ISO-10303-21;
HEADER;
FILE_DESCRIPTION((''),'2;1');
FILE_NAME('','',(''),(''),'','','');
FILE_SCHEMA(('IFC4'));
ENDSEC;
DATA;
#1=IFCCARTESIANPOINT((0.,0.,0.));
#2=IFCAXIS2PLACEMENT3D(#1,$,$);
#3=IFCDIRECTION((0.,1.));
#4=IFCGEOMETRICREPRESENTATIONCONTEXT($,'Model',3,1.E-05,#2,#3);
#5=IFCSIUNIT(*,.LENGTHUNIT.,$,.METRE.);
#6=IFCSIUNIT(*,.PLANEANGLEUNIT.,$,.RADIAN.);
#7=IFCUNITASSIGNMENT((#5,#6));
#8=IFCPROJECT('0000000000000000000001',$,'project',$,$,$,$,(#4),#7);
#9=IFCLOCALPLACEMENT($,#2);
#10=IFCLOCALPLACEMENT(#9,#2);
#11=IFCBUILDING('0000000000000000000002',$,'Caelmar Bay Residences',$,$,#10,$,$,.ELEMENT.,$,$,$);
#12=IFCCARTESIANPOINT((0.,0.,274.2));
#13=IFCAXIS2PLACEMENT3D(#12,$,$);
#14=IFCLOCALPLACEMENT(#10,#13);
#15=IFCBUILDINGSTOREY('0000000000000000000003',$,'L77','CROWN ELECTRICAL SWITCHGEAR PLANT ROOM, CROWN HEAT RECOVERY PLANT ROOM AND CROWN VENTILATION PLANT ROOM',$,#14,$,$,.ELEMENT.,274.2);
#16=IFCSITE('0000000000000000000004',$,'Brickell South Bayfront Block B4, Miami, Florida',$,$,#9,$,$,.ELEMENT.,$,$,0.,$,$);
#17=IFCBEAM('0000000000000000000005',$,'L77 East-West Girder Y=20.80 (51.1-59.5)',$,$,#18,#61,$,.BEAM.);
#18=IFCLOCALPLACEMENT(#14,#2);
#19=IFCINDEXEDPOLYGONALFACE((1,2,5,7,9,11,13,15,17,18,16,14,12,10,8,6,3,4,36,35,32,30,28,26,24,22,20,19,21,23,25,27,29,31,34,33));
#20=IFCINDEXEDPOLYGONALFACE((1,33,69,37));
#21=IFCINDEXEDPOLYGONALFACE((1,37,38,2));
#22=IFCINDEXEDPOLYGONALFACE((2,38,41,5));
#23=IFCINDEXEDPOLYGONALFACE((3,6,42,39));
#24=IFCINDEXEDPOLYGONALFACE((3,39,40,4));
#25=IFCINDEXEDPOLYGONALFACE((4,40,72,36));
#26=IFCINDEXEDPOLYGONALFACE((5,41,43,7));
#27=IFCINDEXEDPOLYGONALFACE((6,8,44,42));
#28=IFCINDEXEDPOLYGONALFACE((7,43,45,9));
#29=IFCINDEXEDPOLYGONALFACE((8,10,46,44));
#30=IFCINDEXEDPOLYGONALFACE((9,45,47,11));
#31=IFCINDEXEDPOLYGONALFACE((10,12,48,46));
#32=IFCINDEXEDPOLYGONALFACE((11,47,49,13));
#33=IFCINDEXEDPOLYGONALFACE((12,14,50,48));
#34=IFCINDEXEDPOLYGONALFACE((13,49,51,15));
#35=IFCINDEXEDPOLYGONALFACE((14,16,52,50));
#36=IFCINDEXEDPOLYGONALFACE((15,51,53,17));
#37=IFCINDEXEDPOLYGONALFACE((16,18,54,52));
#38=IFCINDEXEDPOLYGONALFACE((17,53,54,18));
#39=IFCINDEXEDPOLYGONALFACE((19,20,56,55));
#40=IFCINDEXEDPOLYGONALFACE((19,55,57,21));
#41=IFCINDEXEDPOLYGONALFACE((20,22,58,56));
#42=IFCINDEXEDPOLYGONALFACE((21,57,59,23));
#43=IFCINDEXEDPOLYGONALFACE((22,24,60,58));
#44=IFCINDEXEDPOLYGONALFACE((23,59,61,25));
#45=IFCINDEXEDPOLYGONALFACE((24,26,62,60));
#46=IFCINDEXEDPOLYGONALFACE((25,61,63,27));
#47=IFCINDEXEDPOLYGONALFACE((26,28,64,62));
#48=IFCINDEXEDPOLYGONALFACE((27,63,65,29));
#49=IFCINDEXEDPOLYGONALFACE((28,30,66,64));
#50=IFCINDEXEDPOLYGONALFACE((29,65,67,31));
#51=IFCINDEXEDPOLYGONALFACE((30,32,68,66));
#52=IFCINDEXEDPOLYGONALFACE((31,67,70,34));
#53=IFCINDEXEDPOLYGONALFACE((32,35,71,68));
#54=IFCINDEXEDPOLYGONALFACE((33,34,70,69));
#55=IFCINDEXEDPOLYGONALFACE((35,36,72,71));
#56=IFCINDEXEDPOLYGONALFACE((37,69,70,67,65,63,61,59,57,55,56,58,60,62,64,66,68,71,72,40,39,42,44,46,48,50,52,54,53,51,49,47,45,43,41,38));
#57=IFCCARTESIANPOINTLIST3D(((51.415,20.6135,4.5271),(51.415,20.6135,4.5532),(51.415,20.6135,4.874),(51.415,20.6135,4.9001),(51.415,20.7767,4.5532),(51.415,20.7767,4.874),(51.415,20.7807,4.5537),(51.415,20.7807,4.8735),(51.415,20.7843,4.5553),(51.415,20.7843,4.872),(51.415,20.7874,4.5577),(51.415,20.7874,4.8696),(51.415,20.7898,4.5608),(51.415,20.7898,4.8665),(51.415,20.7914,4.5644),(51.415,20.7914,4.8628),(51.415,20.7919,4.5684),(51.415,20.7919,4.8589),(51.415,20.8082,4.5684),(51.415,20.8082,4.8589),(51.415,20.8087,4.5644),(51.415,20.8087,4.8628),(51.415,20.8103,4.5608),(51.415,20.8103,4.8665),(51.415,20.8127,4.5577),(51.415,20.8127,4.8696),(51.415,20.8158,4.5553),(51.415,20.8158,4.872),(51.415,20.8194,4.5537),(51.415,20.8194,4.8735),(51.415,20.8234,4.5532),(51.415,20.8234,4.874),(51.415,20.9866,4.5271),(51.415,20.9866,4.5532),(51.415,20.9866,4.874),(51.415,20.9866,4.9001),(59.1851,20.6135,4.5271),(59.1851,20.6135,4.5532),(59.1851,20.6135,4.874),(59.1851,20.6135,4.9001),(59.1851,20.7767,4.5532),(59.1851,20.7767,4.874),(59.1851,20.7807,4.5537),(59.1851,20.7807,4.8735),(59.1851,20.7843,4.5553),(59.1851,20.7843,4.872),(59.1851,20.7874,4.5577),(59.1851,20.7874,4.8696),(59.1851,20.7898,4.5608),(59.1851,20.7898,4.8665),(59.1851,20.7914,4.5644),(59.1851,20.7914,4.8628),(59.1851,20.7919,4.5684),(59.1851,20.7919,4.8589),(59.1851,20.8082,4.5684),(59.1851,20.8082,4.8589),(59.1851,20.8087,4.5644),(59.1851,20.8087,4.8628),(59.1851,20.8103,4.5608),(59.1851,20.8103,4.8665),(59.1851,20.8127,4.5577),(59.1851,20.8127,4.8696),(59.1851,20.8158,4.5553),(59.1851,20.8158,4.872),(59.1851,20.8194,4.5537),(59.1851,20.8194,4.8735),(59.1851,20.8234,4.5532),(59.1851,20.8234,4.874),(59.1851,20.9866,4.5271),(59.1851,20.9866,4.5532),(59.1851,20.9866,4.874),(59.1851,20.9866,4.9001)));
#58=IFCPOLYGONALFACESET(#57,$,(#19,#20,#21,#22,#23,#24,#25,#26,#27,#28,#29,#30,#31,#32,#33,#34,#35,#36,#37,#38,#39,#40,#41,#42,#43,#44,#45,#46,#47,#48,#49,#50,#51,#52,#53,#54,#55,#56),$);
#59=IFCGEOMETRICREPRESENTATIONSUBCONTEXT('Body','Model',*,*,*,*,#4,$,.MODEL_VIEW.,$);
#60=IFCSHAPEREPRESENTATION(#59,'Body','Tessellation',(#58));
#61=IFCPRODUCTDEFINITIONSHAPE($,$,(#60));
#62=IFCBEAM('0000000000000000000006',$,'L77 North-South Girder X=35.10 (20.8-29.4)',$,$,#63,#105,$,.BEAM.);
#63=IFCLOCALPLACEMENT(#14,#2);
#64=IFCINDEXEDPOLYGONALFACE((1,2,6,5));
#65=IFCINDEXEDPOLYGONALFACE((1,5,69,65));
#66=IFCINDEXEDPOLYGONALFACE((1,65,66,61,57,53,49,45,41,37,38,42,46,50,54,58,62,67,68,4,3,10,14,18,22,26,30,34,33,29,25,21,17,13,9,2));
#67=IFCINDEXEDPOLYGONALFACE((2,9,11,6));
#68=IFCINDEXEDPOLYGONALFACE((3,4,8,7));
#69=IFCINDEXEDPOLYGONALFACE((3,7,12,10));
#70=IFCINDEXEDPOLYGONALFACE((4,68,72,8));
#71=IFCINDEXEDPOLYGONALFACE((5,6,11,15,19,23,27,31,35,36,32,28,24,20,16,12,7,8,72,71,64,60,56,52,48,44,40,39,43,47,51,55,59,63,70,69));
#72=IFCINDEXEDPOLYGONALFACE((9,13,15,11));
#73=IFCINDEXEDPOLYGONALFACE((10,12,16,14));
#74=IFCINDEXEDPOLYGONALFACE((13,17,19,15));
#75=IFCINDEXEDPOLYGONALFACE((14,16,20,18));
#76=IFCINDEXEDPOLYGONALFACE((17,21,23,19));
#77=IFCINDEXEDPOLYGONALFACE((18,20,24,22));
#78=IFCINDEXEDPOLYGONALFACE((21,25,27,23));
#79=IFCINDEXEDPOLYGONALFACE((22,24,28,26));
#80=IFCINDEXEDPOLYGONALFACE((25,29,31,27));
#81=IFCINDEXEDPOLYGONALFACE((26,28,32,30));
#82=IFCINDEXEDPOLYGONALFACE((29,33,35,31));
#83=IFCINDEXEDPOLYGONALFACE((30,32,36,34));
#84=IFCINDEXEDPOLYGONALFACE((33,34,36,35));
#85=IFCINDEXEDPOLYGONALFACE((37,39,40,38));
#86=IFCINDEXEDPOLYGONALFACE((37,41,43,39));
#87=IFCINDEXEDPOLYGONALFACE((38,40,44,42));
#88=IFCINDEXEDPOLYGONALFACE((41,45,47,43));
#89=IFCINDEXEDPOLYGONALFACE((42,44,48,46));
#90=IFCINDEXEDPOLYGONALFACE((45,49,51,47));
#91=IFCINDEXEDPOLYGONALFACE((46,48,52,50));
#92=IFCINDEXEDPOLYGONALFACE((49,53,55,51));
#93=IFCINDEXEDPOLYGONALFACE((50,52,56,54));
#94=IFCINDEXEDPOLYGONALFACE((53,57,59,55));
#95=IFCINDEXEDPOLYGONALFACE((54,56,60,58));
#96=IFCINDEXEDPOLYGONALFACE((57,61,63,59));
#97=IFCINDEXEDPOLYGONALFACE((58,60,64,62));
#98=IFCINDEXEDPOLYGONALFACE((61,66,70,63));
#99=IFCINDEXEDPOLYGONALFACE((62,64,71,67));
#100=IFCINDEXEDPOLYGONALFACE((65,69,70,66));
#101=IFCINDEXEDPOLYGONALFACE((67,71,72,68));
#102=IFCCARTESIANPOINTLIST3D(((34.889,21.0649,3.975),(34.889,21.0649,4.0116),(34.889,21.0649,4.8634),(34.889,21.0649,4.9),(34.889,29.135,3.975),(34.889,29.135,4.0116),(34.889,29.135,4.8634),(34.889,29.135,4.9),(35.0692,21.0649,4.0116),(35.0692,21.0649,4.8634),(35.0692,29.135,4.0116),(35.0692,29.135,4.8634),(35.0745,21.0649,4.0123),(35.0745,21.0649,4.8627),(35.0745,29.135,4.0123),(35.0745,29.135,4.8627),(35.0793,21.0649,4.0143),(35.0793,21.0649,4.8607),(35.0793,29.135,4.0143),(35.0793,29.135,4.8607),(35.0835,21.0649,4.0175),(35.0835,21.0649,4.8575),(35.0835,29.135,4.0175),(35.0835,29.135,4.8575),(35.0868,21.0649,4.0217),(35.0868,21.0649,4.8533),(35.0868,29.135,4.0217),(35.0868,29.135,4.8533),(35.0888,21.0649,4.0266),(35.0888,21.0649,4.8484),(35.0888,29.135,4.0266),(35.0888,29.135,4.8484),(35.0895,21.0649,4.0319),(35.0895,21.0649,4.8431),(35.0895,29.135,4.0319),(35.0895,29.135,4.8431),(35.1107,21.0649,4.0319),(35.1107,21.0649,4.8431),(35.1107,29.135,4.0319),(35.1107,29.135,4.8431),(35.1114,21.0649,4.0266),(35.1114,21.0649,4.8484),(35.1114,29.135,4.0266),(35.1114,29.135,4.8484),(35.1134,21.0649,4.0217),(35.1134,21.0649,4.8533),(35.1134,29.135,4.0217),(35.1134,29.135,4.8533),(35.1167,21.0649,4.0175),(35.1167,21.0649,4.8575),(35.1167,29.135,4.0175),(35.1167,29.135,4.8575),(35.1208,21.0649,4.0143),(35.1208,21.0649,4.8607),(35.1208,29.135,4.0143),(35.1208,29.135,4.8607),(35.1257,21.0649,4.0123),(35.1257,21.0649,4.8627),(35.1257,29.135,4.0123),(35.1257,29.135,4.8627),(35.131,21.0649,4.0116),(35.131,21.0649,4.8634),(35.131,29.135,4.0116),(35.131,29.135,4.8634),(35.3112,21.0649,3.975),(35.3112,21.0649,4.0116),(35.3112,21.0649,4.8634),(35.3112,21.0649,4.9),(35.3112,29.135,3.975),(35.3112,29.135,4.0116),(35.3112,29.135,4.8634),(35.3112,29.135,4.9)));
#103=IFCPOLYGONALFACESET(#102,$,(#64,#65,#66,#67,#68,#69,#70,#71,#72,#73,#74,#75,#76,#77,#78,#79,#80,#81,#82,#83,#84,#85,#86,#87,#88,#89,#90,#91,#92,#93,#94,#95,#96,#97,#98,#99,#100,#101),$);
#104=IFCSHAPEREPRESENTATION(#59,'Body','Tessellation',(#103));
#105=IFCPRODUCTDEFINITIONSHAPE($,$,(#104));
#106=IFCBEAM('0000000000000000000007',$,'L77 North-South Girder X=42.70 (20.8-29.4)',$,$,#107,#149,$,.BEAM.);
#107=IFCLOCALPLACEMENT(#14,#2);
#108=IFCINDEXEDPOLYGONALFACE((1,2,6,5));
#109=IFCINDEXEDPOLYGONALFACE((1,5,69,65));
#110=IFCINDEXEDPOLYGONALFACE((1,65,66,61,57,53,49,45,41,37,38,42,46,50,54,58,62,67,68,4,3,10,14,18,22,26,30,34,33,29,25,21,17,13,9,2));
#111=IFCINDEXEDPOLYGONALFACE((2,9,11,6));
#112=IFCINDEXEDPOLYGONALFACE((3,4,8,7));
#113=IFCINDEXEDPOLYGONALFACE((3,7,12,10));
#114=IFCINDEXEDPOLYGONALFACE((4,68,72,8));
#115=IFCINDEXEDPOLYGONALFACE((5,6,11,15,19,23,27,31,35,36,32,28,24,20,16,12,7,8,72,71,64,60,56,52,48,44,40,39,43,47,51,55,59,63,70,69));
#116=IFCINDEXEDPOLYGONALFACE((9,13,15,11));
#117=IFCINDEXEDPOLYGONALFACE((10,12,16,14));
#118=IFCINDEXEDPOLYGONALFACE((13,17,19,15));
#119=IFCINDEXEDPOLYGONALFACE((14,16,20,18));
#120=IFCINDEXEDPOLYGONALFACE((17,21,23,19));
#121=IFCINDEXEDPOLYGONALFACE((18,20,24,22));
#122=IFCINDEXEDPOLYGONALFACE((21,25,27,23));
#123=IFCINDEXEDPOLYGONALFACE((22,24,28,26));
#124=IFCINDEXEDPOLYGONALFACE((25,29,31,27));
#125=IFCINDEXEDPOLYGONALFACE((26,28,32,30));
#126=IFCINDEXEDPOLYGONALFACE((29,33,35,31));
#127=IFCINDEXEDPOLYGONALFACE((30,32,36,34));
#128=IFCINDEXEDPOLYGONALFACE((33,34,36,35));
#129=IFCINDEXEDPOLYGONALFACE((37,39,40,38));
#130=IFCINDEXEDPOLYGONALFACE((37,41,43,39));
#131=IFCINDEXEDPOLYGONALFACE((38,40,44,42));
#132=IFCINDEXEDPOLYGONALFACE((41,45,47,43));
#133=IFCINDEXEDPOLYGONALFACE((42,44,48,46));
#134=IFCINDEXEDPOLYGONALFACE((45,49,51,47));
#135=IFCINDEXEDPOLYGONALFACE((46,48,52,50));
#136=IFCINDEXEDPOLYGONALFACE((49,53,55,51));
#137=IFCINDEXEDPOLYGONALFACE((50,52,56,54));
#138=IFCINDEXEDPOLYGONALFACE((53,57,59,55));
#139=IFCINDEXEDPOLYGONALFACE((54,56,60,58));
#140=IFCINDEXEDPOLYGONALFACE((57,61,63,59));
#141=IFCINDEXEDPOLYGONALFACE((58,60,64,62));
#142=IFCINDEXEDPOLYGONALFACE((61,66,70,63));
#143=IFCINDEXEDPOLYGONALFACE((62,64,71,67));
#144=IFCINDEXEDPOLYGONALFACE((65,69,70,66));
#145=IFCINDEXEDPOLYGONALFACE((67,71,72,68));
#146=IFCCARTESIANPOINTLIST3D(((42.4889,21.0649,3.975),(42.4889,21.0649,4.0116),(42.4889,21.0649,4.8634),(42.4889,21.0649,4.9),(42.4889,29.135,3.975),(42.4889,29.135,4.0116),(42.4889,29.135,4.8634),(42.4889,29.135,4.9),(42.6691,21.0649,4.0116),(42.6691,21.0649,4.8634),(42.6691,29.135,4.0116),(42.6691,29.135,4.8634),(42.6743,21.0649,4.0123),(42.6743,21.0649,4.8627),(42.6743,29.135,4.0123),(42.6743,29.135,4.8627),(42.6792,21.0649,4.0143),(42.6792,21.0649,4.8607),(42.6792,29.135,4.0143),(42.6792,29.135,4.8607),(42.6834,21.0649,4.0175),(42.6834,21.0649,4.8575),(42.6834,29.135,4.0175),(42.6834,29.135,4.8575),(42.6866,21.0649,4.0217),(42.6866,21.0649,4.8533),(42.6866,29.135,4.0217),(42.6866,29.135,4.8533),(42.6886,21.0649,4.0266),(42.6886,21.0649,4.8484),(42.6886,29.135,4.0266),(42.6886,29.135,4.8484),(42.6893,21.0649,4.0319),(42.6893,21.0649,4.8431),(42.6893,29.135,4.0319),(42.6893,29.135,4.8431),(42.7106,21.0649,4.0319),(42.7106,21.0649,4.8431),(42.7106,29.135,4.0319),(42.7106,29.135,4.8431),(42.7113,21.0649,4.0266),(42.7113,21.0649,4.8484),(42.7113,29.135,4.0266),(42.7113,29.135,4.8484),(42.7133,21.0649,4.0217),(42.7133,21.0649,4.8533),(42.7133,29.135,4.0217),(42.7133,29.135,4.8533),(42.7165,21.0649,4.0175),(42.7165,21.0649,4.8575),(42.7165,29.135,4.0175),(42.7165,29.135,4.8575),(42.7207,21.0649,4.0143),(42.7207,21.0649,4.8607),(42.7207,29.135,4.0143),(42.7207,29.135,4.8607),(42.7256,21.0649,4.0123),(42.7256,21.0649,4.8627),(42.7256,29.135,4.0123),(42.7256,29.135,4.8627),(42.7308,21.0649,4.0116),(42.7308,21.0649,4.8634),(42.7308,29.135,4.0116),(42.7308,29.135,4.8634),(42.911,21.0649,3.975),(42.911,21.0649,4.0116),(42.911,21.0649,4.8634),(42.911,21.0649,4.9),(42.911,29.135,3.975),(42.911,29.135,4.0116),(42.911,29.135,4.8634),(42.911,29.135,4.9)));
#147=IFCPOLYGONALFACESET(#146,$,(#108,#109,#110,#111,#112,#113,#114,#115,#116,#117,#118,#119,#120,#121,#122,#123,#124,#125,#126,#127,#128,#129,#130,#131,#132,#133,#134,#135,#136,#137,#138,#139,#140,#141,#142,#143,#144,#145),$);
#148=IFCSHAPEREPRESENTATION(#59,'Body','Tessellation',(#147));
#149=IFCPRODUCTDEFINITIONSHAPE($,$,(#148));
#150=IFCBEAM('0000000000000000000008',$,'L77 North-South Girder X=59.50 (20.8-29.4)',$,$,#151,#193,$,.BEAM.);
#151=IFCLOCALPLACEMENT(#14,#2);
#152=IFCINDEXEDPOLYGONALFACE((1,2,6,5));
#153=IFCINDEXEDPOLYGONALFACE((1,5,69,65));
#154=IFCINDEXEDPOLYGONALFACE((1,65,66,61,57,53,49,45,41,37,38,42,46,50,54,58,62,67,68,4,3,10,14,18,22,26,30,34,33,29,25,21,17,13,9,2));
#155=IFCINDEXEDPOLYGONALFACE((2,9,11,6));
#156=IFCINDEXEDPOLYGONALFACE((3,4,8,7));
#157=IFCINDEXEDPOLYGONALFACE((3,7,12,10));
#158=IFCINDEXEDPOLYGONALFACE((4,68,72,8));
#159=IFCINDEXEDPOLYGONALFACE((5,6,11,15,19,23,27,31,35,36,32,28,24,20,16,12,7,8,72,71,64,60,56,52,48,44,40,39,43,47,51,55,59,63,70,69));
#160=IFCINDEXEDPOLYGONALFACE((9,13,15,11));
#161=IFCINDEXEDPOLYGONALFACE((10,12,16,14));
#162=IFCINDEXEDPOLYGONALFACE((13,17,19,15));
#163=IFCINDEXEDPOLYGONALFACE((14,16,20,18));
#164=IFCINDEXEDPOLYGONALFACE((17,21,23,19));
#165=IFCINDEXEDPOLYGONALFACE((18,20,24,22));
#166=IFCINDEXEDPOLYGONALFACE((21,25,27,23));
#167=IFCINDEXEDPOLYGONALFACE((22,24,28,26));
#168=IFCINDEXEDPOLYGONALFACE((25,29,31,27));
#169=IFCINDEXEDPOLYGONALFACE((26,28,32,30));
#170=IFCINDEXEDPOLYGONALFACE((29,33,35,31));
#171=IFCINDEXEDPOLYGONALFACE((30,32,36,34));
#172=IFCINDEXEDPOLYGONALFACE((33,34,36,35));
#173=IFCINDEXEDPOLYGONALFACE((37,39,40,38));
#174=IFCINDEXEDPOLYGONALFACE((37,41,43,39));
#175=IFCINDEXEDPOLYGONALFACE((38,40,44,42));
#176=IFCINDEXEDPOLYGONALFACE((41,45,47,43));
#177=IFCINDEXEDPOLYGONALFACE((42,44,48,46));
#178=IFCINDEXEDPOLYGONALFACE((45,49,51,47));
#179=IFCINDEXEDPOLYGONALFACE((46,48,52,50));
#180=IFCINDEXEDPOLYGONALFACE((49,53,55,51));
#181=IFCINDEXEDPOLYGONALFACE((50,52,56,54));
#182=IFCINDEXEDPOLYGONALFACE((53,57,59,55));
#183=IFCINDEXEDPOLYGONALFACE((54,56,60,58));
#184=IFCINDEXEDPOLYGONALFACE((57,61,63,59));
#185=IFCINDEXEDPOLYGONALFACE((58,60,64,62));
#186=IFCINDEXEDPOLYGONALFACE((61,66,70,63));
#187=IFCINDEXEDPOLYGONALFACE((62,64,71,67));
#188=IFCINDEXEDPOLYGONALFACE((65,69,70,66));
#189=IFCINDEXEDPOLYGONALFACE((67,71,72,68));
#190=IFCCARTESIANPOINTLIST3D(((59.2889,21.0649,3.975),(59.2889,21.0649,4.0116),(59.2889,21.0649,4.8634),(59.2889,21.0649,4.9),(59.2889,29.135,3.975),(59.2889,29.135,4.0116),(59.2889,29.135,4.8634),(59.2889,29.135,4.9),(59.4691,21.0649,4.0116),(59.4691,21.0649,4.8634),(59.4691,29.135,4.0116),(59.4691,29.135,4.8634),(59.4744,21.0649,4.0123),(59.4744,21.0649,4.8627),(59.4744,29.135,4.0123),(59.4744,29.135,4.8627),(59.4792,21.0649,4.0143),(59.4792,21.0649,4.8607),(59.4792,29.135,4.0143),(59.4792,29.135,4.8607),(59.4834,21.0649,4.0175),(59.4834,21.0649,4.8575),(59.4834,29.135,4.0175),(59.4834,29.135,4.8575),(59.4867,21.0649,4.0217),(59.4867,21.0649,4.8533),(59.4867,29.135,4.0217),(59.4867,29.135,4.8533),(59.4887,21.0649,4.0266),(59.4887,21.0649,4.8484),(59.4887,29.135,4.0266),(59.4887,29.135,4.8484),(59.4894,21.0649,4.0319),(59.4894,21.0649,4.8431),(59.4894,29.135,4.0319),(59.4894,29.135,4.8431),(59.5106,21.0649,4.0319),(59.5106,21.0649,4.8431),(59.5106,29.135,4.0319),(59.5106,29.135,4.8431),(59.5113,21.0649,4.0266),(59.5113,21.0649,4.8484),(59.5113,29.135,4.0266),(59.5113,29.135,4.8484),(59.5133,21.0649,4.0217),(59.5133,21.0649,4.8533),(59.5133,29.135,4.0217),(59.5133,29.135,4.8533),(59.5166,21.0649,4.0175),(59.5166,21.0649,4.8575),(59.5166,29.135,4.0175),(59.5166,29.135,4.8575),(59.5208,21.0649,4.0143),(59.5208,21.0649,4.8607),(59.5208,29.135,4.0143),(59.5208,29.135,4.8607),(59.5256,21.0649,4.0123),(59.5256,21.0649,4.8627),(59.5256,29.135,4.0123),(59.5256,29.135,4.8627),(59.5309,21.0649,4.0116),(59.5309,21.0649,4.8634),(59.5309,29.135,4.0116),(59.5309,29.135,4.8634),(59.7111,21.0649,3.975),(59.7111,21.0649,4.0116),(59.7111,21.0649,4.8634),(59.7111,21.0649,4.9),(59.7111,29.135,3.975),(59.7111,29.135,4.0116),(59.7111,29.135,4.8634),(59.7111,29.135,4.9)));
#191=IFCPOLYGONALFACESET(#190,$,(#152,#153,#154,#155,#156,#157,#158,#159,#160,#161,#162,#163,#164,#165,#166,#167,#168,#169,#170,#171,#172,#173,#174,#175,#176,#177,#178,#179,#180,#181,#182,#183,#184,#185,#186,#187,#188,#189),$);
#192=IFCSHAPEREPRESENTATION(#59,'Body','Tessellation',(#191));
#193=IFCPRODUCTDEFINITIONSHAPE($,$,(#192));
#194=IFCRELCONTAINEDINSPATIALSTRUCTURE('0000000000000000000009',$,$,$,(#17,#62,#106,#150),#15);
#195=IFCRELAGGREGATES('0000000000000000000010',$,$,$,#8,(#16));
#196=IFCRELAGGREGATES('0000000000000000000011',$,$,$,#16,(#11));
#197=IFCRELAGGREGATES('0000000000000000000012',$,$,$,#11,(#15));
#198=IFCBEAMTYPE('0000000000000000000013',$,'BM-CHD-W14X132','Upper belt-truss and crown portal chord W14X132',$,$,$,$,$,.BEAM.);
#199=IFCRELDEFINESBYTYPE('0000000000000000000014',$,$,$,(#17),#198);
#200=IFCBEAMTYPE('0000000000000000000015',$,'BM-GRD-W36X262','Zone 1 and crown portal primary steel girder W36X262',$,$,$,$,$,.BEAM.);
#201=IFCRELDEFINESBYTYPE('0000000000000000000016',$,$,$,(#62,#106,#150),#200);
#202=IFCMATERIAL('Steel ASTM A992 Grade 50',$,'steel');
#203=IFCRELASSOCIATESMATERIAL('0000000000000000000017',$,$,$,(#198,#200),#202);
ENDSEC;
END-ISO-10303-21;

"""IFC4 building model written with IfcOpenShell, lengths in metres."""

from ifc_helpers import new_model, si_unit, direction, frame, origin, origin_2d, place, context, subcontext, project, spatial, i_section, extrude, material, material_profile, profile_set, type_object, element, save


model = new_model("IFC4")

# Units and contexts
model_context = context("Model", 3, precision=1e-05, world=origin(), true_north=direction((0.0, 1.0)))
body_context = subcontext(model_context, "Body", "Model", "MODEL_VIEW")
ifc_project = project(units=[si_unit("LENGTHUNIT", "METRE"), si_unit("PLANEANGLEUNIT", "RADIAN")], contexts=[model_context])

# Site, building, storey
site_placement = place(None, origin())
site = spatial("IfcSite", under=ifc_project, at=site_placement, Name="Brickell South Bayfront Block B4, Miami, Florida", CompositionType="ELEMENT", RefElevation=0.0)
building_placement = place(site_placement, origin())
building = spatial("IfcBuilding", under=site, at=building_placement, Name="Caelmar Bay Residences", CompositionType="ELEMENT")
storey_placement = place(building_placement, frame((0.0, 0.0, 274.2)))
storey = spatial("IfcBuildingStorey", under=building, at=storey_placement, Name="L77", Description="CROWN ELECTRICAL SWITCHGEAR PLANT ROOM, CROWN HEAT RECOVERY PLANT ROOM AND CROWN VENTILATION PLANT ROOM", CompositionType="ELEMENT", Elevation=274.2)

# Beams
ifc_material_1 = material(Name="Steel ASTM A992 Grade 50", Category="steel")
ifc_material_profile_1 = material_profile(ifc_material_1, i_section(OverallWidth=0.373, OverallDepth=0.373, WebThickness=0.0164, FlangeThickness=0.0261, FilletRadius=0.0151, at=origin_2d()), Name="W14X132")
ifc_profile_set_1 = profile_set([ifc_material_profile_1], Name="Steel ASTM A992 Grade 50")
beam_type_1 = type_object("IfcBeamType", Name="BM-CHD-W14X132", Description="Upper belt-truss and crown portal chord W14X132", PredefinedType="BEAM", material=ifc_profile_set_1)
for number, where, z_axis, x_axis, name in (
    (1, (51.415, 20.8, 4.7136), (1.0, 0.0, 0.0), (0.0, 1.0, 0.0), "L77 East-West Girder Y=20.80 (51.1-59.5)"),
):
    element("IfcBeam", number, at=place(storey_placement, frame(where, z_axis=z_axis, x_axis=x_axis)), inside=storey, type_object=beam_type_1, Name=name, PredefinedType="BEAM", context=body_context, shape_type="SweptSolid", body=[
        extrude(i_section(OverallWidth=0.373, OverallDepth=0.373, WebThickness=0.0164, FlangeThickness=0.0261, FilletRadius=0.0151, at=origin_2d()), origin(), (0.0, 0.0, 1.0), 7.77),
    ])
ifc_material_profile_2 = material_profile(ifc_material_1, i_section(OverallWidth=0.4221, OverallDepth=0.925, WebThickness=0.0212, FlangeThickness=0.0366, FilletRadius=0.0203, at=origin_2d()), Name="W36X262")
ifc_profile_set_2 = profile_set([ifc_material_profile_2], Name="Steel ASTM A992 Grade 50")
beam_type_2 = type_object("IfcBeamType", Name="BM-GRD-W36X262", Description="Zone 1 and crown portal primary steel girder W36X262", PredefinedType="BEAM", material=ifc_profile_set_2)
for number, where, z_axis, x_axis, name in (
    (2, (35.1001, 21.0649, 4.4375), (0.0, 1.0, 0.0), (-1.0, 0.0, 0.0), "L77 North-South Girder X=35.10 (20.8-29.4)"),
    (3, (42.7, 21.0649, 4.4375), (0.0, 1.0, 0.0), (-1.0, 0.0, 0.0), "L77 North-South Girder X=42.70 (20.8-29.4)"),
    (4, (59.5, 21.0649, 4.4375), (0.0, 1.0, 0.0), (-1.0, 0.0, 0.0), "L77 North-South Girder X=59.50 (20.8-29.4)"),
):
    element("IfcBeam", number, at=place(storey_placement, frame(where, z_axis=z_axis, x_axis=x_axis)), inside=storey, type_object=beam_type_2, Name=name, PredefinedType="BEAM", context=body_context, shape_type="SweptSolid", body=[
        extrude(i_section(OverallWidth=0.4221, OverallDepth=0.925, WebThickness=0.0212, FlangeThickness=0.0366, FilletRadius=0.0203, at=origin_2d()), origin(), (0.0, 0.0, 1.0), 8.0701),
    ])

save(model, "model.ifc")
